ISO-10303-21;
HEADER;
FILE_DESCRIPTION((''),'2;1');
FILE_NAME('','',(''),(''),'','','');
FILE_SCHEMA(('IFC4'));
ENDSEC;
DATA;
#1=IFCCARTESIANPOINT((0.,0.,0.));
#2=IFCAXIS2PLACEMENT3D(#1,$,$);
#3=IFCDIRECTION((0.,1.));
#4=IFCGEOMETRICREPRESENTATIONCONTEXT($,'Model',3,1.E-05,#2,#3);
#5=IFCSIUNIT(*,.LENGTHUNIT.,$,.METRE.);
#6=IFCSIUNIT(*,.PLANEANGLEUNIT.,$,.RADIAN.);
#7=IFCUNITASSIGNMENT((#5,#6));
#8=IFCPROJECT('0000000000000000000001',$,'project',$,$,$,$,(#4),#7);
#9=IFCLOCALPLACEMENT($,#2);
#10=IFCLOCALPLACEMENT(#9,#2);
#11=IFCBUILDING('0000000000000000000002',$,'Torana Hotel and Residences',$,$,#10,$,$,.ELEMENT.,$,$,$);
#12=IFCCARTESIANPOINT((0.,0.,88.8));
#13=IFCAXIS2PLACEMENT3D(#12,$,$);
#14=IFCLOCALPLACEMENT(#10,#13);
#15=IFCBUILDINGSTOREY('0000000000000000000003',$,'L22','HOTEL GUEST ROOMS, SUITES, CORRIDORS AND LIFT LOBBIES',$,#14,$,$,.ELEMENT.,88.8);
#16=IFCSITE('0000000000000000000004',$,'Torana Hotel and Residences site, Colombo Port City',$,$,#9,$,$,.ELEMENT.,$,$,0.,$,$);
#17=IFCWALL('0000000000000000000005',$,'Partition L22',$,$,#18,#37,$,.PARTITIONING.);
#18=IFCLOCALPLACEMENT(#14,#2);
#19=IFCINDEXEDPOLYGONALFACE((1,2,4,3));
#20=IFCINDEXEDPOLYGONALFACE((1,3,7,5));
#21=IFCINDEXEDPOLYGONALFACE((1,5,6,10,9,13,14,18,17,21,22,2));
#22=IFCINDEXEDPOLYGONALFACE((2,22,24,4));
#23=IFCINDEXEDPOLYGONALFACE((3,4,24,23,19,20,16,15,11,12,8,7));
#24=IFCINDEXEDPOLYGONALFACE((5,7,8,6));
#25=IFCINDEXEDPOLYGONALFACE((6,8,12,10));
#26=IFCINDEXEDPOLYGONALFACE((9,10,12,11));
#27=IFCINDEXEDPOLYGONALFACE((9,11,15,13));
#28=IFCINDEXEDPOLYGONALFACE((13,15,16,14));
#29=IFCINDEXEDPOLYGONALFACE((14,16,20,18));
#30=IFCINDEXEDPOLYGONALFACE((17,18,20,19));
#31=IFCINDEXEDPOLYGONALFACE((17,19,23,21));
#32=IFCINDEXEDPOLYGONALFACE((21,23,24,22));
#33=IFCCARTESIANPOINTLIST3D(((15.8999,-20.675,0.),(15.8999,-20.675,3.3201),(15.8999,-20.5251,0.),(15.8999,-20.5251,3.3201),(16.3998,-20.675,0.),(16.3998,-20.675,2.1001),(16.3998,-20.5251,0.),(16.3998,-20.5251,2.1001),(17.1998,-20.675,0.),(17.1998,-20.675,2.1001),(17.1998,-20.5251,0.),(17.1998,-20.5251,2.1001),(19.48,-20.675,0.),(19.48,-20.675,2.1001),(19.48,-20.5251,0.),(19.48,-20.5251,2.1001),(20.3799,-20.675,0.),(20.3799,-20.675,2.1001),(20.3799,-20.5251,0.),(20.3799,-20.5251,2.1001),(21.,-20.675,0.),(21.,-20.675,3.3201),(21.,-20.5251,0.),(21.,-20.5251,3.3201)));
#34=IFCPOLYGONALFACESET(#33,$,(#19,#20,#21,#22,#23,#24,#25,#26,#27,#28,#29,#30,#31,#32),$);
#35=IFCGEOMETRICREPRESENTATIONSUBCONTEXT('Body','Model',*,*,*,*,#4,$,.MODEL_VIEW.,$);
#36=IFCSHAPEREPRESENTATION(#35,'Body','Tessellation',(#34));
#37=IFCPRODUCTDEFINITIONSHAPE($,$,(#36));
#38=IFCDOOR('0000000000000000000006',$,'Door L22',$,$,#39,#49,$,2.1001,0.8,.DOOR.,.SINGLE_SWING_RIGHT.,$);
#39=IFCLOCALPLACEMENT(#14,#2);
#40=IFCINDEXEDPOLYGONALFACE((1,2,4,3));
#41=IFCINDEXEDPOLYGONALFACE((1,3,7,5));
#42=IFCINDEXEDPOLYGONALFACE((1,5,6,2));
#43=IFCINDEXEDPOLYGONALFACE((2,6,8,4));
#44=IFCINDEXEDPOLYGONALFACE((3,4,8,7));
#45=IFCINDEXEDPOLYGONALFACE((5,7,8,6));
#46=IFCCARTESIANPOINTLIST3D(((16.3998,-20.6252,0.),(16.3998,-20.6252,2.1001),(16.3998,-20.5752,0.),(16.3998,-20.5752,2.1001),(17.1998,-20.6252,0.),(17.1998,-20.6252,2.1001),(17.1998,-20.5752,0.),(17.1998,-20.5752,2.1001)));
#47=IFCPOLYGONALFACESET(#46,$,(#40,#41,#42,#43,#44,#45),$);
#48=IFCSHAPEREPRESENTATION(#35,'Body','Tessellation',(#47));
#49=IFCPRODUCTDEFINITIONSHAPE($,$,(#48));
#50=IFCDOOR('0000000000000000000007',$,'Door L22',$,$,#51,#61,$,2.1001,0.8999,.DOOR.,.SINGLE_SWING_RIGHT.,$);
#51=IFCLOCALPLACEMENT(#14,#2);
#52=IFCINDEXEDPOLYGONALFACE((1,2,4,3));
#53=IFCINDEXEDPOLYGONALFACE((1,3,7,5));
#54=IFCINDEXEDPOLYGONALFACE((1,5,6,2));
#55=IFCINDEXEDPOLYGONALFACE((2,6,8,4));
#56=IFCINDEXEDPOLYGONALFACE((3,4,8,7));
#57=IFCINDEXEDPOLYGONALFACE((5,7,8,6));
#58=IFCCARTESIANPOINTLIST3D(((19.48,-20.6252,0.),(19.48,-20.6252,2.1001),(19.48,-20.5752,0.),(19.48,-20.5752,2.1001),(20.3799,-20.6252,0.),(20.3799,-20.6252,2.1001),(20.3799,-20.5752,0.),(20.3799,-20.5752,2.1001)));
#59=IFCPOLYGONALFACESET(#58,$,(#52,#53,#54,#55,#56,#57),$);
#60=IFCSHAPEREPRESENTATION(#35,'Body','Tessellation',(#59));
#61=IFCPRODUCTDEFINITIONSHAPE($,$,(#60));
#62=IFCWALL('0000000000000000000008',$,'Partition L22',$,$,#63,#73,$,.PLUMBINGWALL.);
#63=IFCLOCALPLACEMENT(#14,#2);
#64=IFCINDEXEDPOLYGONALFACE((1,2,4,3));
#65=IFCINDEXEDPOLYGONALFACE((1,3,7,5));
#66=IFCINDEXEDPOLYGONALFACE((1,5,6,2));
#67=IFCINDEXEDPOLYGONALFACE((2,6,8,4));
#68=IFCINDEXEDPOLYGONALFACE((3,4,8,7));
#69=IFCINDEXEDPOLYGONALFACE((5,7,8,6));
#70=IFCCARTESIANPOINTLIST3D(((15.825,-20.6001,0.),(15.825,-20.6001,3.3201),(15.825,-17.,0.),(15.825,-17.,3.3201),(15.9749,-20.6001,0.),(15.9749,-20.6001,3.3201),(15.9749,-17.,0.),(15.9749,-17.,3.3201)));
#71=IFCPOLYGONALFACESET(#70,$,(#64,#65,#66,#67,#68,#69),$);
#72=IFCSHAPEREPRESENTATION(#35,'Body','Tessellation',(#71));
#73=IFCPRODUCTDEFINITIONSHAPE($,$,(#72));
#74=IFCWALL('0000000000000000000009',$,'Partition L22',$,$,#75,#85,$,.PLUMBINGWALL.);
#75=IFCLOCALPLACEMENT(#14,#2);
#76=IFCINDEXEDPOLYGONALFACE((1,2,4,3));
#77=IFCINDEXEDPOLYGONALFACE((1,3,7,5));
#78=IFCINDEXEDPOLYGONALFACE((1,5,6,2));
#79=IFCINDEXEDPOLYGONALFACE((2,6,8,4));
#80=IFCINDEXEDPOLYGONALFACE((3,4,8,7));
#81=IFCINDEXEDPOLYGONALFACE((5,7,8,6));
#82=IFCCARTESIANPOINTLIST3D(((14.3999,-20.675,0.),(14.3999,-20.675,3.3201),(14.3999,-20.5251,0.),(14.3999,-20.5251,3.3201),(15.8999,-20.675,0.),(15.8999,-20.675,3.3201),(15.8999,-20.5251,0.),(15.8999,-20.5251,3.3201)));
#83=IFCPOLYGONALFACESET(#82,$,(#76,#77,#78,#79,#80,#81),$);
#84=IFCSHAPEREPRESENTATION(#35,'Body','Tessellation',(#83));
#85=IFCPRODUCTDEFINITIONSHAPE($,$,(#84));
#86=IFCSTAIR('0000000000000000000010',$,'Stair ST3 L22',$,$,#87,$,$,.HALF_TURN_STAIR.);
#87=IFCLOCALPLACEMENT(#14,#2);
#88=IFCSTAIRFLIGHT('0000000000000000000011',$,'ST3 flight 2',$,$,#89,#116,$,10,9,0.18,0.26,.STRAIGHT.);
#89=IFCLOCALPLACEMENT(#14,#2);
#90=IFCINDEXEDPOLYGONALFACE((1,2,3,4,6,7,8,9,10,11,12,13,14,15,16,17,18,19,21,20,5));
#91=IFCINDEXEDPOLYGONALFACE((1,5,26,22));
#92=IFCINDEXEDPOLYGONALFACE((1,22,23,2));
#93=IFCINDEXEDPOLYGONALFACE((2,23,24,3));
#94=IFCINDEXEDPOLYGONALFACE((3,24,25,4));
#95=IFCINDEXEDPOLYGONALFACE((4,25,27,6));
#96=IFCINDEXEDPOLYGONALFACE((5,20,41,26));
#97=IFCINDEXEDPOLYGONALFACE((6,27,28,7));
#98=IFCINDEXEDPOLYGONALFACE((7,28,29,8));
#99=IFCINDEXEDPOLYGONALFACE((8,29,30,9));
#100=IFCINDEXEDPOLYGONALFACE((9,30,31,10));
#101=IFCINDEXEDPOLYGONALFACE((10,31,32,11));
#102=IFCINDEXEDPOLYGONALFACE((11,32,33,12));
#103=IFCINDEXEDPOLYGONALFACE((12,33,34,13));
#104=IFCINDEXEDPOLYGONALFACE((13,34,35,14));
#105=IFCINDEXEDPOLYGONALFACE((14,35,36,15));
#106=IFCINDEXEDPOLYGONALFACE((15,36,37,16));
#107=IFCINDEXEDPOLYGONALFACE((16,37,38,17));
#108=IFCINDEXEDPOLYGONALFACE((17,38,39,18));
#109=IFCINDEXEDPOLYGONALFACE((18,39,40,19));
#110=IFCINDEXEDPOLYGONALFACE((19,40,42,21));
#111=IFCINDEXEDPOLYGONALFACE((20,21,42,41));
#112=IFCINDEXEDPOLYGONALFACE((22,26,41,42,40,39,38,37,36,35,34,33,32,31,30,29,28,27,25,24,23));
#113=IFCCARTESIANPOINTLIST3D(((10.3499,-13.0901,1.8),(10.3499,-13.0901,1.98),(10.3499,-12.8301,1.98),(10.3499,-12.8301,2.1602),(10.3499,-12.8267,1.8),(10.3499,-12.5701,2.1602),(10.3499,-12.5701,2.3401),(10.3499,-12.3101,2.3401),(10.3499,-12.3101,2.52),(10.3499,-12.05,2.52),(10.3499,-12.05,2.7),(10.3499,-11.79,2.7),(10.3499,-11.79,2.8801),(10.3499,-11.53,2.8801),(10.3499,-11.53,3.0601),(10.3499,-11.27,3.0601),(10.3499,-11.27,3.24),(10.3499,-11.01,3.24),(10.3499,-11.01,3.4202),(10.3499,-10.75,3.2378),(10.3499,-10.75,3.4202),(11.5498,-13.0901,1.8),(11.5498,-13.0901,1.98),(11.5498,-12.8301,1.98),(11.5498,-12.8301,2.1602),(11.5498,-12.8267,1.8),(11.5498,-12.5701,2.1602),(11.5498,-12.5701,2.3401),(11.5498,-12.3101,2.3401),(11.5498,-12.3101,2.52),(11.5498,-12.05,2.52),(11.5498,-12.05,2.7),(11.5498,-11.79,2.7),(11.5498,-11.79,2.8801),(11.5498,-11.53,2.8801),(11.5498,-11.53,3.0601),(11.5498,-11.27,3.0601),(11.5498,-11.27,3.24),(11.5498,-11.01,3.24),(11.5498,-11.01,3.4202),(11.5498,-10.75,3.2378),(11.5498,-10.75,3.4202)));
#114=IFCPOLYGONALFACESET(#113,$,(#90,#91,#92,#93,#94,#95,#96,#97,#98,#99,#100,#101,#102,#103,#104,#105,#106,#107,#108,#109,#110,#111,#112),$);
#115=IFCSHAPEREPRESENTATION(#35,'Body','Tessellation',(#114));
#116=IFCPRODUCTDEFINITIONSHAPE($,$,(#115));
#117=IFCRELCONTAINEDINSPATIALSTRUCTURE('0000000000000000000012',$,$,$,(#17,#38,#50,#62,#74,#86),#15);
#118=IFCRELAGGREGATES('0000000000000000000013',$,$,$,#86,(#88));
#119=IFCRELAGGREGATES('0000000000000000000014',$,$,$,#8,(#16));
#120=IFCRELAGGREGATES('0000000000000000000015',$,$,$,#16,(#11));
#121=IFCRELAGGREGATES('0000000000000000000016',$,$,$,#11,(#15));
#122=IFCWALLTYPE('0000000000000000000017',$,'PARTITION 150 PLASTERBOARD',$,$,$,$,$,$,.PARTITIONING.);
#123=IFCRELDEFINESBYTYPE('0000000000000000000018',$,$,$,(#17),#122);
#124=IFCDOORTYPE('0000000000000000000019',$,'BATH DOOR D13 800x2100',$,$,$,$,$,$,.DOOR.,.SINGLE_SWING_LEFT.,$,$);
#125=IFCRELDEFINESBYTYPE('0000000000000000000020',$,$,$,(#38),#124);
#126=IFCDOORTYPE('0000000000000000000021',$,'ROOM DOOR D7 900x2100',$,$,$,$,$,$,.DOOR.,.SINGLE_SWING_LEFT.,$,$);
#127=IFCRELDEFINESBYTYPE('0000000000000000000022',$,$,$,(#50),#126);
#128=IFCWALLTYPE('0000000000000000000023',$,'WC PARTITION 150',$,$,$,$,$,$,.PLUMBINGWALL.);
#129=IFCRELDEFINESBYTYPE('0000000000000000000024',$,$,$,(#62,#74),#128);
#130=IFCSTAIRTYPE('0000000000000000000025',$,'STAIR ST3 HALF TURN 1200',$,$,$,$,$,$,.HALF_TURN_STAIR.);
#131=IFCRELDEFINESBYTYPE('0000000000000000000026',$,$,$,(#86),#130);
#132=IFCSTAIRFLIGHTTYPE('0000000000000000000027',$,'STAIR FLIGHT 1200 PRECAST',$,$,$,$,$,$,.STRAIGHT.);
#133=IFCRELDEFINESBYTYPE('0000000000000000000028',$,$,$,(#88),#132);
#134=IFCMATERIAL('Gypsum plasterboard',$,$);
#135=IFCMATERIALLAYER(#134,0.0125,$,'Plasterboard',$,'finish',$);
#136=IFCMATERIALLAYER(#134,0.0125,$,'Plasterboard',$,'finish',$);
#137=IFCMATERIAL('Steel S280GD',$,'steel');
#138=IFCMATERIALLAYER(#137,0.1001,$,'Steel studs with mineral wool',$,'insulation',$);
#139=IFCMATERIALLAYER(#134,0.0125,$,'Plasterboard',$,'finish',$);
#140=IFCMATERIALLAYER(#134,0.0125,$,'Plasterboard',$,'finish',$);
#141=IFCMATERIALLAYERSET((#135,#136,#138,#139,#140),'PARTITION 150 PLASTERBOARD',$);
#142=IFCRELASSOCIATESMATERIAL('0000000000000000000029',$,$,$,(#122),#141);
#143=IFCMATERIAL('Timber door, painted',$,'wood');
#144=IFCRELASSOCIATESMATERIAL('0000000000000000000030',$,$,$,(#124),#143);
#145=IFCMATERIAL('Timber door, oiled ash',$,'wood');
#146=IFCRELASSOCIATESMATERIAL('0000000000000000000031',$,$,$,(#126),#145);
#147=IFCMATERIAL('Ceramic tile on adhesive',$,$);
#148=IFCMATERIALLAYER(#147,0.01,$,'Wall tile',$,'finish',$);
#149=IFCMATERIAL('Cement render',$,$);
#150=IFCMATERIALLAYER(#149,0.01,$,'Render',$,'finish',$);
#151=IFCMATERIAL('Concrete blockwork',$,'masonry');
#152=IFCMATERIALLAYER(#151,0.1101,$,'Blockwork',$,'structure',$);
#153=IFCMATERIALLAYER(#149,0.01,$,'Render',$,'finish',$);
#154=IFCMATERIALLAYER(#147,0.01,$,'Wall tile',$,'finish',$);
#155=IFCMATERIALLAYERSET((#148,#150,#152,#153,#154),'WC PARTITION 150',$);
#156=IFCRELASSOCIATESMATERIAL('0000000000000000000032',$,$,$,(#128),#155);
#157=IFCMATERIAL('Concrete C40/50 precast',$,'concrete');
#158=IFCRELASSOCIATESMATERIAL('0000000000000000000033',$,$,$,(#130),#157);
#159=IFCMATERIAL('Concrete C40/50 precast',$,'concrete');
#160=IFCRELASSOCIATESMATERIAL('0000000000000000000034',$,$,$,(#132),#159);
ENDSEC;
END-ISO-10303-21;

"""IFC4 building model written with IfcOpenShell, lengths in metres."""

from ifc_helpers import new_model, si_unit, direction, frame, frame_2d, origin, place, context, subcontext, project, spatial, polyline, rectangle, outline, extrude, material, layer, layer_set, type_object, element, fill, aggregate, save


model = new_model("IFC4")

# Units and contexts
model_context = context("Model", 3, precision=1e-05, world=origin(), true_north=direction((0.0, 1.0)))
body_context = subcontext(model_context, "Body", "Model", "MODEL_VIEW")
ifc_project = project(units=[si_unit("LENGTHUNIT", "METRE"), si_unit("PLANEANGLEUNIT", "RADIAN")], contexts=[model_context])

# Site, building, storey
site_placement = place(None, origin())
site = spatial("IfcSite", under=ifc_project, at=site_placement, Name="Torana Hotel and Residences site, Colombo Port City", CompositionType="ELEMENT", RefElevation=0.0)
building_placement = place(site_placement, origin())
building = spatial("IfcBuilding", under=site, at=building_placement, Name="Torana Hotel and Residences", CompositionType="ELEMENT")
storey_placement = place(building_placement, frame((0.0, 0.0, 88.8)))
storey = spatial("IfcBuildingStorey", under=building, at=storey_placement, Name="L22", Description="HOTEL GUEST ROOMS, SUITES, CORRIDORS AND LIFT LOBBIES", CompositionType="ELEMENT", Elevation=88.8)

# Shared definitions
ifc_material_1 = material(Name="Concrete blockwork", Category="masonry")

# Wall, openings, doors
ifc_material_2 = material(Name="Gypsum plasterboard")
ifc_layer_1 = layer(ifc_material_2, 0.0125, Name="Plasterboard", Category="finish")
ifc_layer_2 = layer(ifc_material_2, 0.0125, Name="Plasterboard", Category="finish")
ifc_material_3 = material(Name="Steel S280GD", Category="steel")
ifc_layer_3 = layer(ifc_material_3, 0.1001, Name="Steel studs with mineral wool", Category="insulation")
ifc_layer_4 = layer(ifc_material_2, 0.0125, Name="Plasterboard", Category="finish")
ifc_layer_5 = layer(ifc_material_2, 0.0125, Name="Plasterboard", Category="finish")
ifc_layer_set_1 = layer_set([ifc_layer_1, ifc_layer_2, ifc_layer_3, ifc_layer_4, ifc_layer_5], Name="PARTITION 150 PLASTERBOARD")
wall_type_1 = type_object("IfcWallType", Name="PARTITION 150 PLASTERBOARD", PredefinedType="PARTITIONING", material=ifc_layer_set_1)
wall_1_placement = place(storey_placement, frame((15.8999, -20.6001, 0.0), z_axis=(0.0, 0.0, 1.0), x_axis=(1.0, 0.0, 0.0)))
wall_1 = element("IfcWall", 1, at=wall_1_placement, inside=storey, type_object=wall_type_1, Name="Partition L22", PredefinedType="PARTITIONING", context=body_context, shape_type="SweptSolid", body=[
    extrude(rectangle(XDim=5.1001, YDim=0.1499, at=frame_2d((2.55, 0.0))), origin(), (0.0, 0.0, 1.0), 3.3201),
])
opening_1_placement = place(wall_1_placement, frame((0.5, 0.0, 0.0)))
opening_1 = element("IfcOpeningElement", 2, at=opening_1_placement, cuts=wall_1, PredefinedType="OPENING", context=body_context, shape_type="SweptSolid", body=[
    extrude(rectangle(XDim=0.8, YDim=2.1001, at=frame_2d((0.3999, 1.05))), frame((0.0, 0.085, 0.0), z_axis=(0.0, -1.0, 0.0), x_axis=(1.0, 0.0, 0.0)), (0.0, 0.0, 1.0), 0.1699),
])
opening_2_placement = place(wall_1_placement, frame((3.5801, 0.0, 0.0)))
opening_2 = element("IfcOpeningElement", 3, at=opening_2_placement, cuts=wall_1, PredefinedType="OPENING", context=body_context, shape_type="SweptSolid", body=[
    extrude(rectangle(XDim=0.8999, YDim=2.1001, at=frame_2d((0.45, 1.05))), frame((0.0, 0.085, 0.0), z_axis=(0.0, -1.0, 0.0), x_axis=(1.0, 0.0, 0.0)), (0.0, 0.0, 1.0), 0.1699),
])
ifc_material_4 = material(Name="Timber door, painted", Category="wood")
door_type_1 = type_object("IfcDoorType", Name="BATH DOOR D13 800x2100", OperationType="SINGLE_SWING_LEFT", PredefinedType="DOOR", material=ifc_material_4)
door_1_placement = place(opening_1_placement, origin())
door_1 = element("IfcDoor", 4, at=door_1_placement, inside=storey, type_object=door_type_1, Name="Door L22", OperationType="SINGLE_SWING_RIGHT", OverallHeight=2.1001, OverallWidth=0.8, PredefinedType="DOOR", context=body_context, shape_type="SweptSolid", body=[
    extrude(rectangle(XDim=0.8, YDim=2.1001, at=frame_2d((0.3999, 1.05))), frame((0.0, 0.0249, 0.0), z_axis=(0.0, -1.0, 0.0), x_axis=(1.0, 0.0, 0.0)), (0.0, 0.0, 1.0), 0.05),
])
fill(opening_1, door_1)
ifc_material_5 = material(Name="Timber door, oiled ash", Category="wood")
door_type_2 = type_object("IfcDoorType", Name="ROOM DOOR D7 900x2100", OperationType="SINGLE_SWING_LEFT", PredefinedType="DOOR", material=ifc_material_5)
door_2_placement = place(opening_2_placement, origin())
door_2 = element("IfcDoor", 5, at=door_2_placement, inside=storey, type_object=door_type_2, Name="Door L22", OperationType="SINGLE_SWING_RIGHT", OverallHeight=2.1001, OverallWidth=0.8999, PredefinedType="DOOR", context=body_context, shape_type="SweptSolid", body=[
    extrude(rectangle(XDim=0.8999, YDim=2.1001, at=frame_2d((0.45, 1.05))), frame((0.0, 0.0249, 0.0), z_axis=(0.0, -1.0, 0.0), x_axis=(1.0, 0.0, 0.0)), (0.0, 0.0, 1.0), 0.05),
])
fill(opening_2, door_2)

# Walls
ifc_material_6 = material(Name="Ceramic tile on adhesive")
ifc_layer_6 = layer(ifc_material_6, 0.01, Name="Wall tile", Category="finish")
ifc_material_7 = material(Name="Cement render")
ifc_layer_7 = layer(ifc_material_7, 0.01, Name="Render", Category="finish")
ifc_layer_8 = layer(ifc_material_1, 0.1101, Name="Blockwork", Category="structure")
ifc_layer_9 = layer(ifc_material_7, 0.01, Name="Render", Category="finish")
ifc_layer_10 = layer(ifc_material_6, 0.01, Name="Wall tile", Category="finish")
ifc_layer_set_2 = layer_set([ifc_layer_6, ifc_layer_7, ifc_layer_8, ifc_layer_9, ifc_layer_10], Name="WC PARTITION 150")
wall_type_2 = type_object("IfcWallType", Name="WC PARTITION 150", PredefinedType="PLUMBINGWALL", material=ifc_layer_set_2)
wall_2_placement = place(storey_placement, frame((15.8999, -20.6001, 0.0), z_axis=(0.0, 0.0, 1.0), x_axis=(0.0, 1.0, 0.0)))
element("IfcWall", 6, at=wall_2_placement, inside=storey, type_object=wall_type_2, Name="Partition L22", PredefinedType="PLUMBINGWALL", context=body_context, shape_type="SweptSolid", body=[
    extrude(rectangle(XDim=3.6001, YDim=0.1499, at=frame_2d((1.8, 0.0))), origin(), (0.0, 0.0, 1.0), 3.3201),
])
wall_3_placement = place(storey_placement, frame((14.3999, -20.6001, 0.0), z_axis=(0.0, 0.0, 1.0), x_axis=(1.0, 0.0, 0.0)))
element("IfcWall", 7, at=wall_3_placement, inside=storey, type_object=wall_type_2, Name="Partition L22", PredefinedType="PLUMBINGWALL", context=body_context, shape_type="SweptSolid", body=[
    extrude(rectangle(XDim=1.5, YDim=0.1499, at=frame_2d((0.75, 0.0))), origin(), (0.0, 0.0, 1.0), 3.3201),
])

# Stair, stair flight
ifc_material_8 = material(Name="Concrete C40/50 precast", Category="concrete")
stair_type = type_object("IfcStairType", Name="STAIR ST3 HALF TURN 1200", PredefinedType="HALF_TURN_STAIR", material=ifc_material_8)
stair_placement = place(storey_placement, origin())
stair = element("IfcStair", 8, at=stair_placement, inside=storey, type_object=stair_type, Name="Stair ST3 L22", PredefinedType="HALF_TURN_STAIR")
ifc_material_9 = material(Name="Concrete C40/50 precast", Category="concrete")
stair_flight_type = type_object("IfcStairFlightType", Name="STAIR FLIGHT 1200 PRECAST", PredefinedType="STRAIGHT", material=ifc_material_9)
stair_flight_placement = place(storey_placement, frame((10.95, -13.0901, 1.8), z_axis=(0.0, 0.0, 1.0), x_axis=(0.0, 1.0, 0.0)))
stair_flight = element("IfcStairFlight", 9, at=stair_flight_placement, type_object=stair_flight_type, Name="ST3 flight 2", NumberOfRisers=10, NumberOfTreads=9, PredefinedType="STRAIGHT", RiserHeight=0.18, TreadLength=0.26, context=body_context, shape_type="SweptSolid", body=[
    extrude(outline(polyline([(0.0, 0.0), (0.0, 0.1799), (0.26, 0.1799), (0.26, 0.3601), (0.52, 0.3601), (0.52, 0.54), (0.78, 0.54), (0.78, 0.72), (1.04, 0.72), (1.04, 0.8999), (1.3, 0.8999), (1.3, 1.0801), (1.5601, 1.0801), (1.5601, 1.26), (1.8201, 1.26), (1.8201, 1.4399), (2.0801, 1.4399), (2.0801, 1.6201), (2.3401, 1.6201), (2.3401, 1.8), (2.3401, 1.4377), (0.2634, 0.0), (0.0, 0.0)])), frame((0.0, 0.6001, 0.0), z_axis=(0.0, -1.0, 0.0), x_axis=(1.0, 0.0, 0.0)), (0.0, 0.0, 1.0), 1.2),
])
aggregate(stair, [stair_flight])

save(model, "model.ifc")
